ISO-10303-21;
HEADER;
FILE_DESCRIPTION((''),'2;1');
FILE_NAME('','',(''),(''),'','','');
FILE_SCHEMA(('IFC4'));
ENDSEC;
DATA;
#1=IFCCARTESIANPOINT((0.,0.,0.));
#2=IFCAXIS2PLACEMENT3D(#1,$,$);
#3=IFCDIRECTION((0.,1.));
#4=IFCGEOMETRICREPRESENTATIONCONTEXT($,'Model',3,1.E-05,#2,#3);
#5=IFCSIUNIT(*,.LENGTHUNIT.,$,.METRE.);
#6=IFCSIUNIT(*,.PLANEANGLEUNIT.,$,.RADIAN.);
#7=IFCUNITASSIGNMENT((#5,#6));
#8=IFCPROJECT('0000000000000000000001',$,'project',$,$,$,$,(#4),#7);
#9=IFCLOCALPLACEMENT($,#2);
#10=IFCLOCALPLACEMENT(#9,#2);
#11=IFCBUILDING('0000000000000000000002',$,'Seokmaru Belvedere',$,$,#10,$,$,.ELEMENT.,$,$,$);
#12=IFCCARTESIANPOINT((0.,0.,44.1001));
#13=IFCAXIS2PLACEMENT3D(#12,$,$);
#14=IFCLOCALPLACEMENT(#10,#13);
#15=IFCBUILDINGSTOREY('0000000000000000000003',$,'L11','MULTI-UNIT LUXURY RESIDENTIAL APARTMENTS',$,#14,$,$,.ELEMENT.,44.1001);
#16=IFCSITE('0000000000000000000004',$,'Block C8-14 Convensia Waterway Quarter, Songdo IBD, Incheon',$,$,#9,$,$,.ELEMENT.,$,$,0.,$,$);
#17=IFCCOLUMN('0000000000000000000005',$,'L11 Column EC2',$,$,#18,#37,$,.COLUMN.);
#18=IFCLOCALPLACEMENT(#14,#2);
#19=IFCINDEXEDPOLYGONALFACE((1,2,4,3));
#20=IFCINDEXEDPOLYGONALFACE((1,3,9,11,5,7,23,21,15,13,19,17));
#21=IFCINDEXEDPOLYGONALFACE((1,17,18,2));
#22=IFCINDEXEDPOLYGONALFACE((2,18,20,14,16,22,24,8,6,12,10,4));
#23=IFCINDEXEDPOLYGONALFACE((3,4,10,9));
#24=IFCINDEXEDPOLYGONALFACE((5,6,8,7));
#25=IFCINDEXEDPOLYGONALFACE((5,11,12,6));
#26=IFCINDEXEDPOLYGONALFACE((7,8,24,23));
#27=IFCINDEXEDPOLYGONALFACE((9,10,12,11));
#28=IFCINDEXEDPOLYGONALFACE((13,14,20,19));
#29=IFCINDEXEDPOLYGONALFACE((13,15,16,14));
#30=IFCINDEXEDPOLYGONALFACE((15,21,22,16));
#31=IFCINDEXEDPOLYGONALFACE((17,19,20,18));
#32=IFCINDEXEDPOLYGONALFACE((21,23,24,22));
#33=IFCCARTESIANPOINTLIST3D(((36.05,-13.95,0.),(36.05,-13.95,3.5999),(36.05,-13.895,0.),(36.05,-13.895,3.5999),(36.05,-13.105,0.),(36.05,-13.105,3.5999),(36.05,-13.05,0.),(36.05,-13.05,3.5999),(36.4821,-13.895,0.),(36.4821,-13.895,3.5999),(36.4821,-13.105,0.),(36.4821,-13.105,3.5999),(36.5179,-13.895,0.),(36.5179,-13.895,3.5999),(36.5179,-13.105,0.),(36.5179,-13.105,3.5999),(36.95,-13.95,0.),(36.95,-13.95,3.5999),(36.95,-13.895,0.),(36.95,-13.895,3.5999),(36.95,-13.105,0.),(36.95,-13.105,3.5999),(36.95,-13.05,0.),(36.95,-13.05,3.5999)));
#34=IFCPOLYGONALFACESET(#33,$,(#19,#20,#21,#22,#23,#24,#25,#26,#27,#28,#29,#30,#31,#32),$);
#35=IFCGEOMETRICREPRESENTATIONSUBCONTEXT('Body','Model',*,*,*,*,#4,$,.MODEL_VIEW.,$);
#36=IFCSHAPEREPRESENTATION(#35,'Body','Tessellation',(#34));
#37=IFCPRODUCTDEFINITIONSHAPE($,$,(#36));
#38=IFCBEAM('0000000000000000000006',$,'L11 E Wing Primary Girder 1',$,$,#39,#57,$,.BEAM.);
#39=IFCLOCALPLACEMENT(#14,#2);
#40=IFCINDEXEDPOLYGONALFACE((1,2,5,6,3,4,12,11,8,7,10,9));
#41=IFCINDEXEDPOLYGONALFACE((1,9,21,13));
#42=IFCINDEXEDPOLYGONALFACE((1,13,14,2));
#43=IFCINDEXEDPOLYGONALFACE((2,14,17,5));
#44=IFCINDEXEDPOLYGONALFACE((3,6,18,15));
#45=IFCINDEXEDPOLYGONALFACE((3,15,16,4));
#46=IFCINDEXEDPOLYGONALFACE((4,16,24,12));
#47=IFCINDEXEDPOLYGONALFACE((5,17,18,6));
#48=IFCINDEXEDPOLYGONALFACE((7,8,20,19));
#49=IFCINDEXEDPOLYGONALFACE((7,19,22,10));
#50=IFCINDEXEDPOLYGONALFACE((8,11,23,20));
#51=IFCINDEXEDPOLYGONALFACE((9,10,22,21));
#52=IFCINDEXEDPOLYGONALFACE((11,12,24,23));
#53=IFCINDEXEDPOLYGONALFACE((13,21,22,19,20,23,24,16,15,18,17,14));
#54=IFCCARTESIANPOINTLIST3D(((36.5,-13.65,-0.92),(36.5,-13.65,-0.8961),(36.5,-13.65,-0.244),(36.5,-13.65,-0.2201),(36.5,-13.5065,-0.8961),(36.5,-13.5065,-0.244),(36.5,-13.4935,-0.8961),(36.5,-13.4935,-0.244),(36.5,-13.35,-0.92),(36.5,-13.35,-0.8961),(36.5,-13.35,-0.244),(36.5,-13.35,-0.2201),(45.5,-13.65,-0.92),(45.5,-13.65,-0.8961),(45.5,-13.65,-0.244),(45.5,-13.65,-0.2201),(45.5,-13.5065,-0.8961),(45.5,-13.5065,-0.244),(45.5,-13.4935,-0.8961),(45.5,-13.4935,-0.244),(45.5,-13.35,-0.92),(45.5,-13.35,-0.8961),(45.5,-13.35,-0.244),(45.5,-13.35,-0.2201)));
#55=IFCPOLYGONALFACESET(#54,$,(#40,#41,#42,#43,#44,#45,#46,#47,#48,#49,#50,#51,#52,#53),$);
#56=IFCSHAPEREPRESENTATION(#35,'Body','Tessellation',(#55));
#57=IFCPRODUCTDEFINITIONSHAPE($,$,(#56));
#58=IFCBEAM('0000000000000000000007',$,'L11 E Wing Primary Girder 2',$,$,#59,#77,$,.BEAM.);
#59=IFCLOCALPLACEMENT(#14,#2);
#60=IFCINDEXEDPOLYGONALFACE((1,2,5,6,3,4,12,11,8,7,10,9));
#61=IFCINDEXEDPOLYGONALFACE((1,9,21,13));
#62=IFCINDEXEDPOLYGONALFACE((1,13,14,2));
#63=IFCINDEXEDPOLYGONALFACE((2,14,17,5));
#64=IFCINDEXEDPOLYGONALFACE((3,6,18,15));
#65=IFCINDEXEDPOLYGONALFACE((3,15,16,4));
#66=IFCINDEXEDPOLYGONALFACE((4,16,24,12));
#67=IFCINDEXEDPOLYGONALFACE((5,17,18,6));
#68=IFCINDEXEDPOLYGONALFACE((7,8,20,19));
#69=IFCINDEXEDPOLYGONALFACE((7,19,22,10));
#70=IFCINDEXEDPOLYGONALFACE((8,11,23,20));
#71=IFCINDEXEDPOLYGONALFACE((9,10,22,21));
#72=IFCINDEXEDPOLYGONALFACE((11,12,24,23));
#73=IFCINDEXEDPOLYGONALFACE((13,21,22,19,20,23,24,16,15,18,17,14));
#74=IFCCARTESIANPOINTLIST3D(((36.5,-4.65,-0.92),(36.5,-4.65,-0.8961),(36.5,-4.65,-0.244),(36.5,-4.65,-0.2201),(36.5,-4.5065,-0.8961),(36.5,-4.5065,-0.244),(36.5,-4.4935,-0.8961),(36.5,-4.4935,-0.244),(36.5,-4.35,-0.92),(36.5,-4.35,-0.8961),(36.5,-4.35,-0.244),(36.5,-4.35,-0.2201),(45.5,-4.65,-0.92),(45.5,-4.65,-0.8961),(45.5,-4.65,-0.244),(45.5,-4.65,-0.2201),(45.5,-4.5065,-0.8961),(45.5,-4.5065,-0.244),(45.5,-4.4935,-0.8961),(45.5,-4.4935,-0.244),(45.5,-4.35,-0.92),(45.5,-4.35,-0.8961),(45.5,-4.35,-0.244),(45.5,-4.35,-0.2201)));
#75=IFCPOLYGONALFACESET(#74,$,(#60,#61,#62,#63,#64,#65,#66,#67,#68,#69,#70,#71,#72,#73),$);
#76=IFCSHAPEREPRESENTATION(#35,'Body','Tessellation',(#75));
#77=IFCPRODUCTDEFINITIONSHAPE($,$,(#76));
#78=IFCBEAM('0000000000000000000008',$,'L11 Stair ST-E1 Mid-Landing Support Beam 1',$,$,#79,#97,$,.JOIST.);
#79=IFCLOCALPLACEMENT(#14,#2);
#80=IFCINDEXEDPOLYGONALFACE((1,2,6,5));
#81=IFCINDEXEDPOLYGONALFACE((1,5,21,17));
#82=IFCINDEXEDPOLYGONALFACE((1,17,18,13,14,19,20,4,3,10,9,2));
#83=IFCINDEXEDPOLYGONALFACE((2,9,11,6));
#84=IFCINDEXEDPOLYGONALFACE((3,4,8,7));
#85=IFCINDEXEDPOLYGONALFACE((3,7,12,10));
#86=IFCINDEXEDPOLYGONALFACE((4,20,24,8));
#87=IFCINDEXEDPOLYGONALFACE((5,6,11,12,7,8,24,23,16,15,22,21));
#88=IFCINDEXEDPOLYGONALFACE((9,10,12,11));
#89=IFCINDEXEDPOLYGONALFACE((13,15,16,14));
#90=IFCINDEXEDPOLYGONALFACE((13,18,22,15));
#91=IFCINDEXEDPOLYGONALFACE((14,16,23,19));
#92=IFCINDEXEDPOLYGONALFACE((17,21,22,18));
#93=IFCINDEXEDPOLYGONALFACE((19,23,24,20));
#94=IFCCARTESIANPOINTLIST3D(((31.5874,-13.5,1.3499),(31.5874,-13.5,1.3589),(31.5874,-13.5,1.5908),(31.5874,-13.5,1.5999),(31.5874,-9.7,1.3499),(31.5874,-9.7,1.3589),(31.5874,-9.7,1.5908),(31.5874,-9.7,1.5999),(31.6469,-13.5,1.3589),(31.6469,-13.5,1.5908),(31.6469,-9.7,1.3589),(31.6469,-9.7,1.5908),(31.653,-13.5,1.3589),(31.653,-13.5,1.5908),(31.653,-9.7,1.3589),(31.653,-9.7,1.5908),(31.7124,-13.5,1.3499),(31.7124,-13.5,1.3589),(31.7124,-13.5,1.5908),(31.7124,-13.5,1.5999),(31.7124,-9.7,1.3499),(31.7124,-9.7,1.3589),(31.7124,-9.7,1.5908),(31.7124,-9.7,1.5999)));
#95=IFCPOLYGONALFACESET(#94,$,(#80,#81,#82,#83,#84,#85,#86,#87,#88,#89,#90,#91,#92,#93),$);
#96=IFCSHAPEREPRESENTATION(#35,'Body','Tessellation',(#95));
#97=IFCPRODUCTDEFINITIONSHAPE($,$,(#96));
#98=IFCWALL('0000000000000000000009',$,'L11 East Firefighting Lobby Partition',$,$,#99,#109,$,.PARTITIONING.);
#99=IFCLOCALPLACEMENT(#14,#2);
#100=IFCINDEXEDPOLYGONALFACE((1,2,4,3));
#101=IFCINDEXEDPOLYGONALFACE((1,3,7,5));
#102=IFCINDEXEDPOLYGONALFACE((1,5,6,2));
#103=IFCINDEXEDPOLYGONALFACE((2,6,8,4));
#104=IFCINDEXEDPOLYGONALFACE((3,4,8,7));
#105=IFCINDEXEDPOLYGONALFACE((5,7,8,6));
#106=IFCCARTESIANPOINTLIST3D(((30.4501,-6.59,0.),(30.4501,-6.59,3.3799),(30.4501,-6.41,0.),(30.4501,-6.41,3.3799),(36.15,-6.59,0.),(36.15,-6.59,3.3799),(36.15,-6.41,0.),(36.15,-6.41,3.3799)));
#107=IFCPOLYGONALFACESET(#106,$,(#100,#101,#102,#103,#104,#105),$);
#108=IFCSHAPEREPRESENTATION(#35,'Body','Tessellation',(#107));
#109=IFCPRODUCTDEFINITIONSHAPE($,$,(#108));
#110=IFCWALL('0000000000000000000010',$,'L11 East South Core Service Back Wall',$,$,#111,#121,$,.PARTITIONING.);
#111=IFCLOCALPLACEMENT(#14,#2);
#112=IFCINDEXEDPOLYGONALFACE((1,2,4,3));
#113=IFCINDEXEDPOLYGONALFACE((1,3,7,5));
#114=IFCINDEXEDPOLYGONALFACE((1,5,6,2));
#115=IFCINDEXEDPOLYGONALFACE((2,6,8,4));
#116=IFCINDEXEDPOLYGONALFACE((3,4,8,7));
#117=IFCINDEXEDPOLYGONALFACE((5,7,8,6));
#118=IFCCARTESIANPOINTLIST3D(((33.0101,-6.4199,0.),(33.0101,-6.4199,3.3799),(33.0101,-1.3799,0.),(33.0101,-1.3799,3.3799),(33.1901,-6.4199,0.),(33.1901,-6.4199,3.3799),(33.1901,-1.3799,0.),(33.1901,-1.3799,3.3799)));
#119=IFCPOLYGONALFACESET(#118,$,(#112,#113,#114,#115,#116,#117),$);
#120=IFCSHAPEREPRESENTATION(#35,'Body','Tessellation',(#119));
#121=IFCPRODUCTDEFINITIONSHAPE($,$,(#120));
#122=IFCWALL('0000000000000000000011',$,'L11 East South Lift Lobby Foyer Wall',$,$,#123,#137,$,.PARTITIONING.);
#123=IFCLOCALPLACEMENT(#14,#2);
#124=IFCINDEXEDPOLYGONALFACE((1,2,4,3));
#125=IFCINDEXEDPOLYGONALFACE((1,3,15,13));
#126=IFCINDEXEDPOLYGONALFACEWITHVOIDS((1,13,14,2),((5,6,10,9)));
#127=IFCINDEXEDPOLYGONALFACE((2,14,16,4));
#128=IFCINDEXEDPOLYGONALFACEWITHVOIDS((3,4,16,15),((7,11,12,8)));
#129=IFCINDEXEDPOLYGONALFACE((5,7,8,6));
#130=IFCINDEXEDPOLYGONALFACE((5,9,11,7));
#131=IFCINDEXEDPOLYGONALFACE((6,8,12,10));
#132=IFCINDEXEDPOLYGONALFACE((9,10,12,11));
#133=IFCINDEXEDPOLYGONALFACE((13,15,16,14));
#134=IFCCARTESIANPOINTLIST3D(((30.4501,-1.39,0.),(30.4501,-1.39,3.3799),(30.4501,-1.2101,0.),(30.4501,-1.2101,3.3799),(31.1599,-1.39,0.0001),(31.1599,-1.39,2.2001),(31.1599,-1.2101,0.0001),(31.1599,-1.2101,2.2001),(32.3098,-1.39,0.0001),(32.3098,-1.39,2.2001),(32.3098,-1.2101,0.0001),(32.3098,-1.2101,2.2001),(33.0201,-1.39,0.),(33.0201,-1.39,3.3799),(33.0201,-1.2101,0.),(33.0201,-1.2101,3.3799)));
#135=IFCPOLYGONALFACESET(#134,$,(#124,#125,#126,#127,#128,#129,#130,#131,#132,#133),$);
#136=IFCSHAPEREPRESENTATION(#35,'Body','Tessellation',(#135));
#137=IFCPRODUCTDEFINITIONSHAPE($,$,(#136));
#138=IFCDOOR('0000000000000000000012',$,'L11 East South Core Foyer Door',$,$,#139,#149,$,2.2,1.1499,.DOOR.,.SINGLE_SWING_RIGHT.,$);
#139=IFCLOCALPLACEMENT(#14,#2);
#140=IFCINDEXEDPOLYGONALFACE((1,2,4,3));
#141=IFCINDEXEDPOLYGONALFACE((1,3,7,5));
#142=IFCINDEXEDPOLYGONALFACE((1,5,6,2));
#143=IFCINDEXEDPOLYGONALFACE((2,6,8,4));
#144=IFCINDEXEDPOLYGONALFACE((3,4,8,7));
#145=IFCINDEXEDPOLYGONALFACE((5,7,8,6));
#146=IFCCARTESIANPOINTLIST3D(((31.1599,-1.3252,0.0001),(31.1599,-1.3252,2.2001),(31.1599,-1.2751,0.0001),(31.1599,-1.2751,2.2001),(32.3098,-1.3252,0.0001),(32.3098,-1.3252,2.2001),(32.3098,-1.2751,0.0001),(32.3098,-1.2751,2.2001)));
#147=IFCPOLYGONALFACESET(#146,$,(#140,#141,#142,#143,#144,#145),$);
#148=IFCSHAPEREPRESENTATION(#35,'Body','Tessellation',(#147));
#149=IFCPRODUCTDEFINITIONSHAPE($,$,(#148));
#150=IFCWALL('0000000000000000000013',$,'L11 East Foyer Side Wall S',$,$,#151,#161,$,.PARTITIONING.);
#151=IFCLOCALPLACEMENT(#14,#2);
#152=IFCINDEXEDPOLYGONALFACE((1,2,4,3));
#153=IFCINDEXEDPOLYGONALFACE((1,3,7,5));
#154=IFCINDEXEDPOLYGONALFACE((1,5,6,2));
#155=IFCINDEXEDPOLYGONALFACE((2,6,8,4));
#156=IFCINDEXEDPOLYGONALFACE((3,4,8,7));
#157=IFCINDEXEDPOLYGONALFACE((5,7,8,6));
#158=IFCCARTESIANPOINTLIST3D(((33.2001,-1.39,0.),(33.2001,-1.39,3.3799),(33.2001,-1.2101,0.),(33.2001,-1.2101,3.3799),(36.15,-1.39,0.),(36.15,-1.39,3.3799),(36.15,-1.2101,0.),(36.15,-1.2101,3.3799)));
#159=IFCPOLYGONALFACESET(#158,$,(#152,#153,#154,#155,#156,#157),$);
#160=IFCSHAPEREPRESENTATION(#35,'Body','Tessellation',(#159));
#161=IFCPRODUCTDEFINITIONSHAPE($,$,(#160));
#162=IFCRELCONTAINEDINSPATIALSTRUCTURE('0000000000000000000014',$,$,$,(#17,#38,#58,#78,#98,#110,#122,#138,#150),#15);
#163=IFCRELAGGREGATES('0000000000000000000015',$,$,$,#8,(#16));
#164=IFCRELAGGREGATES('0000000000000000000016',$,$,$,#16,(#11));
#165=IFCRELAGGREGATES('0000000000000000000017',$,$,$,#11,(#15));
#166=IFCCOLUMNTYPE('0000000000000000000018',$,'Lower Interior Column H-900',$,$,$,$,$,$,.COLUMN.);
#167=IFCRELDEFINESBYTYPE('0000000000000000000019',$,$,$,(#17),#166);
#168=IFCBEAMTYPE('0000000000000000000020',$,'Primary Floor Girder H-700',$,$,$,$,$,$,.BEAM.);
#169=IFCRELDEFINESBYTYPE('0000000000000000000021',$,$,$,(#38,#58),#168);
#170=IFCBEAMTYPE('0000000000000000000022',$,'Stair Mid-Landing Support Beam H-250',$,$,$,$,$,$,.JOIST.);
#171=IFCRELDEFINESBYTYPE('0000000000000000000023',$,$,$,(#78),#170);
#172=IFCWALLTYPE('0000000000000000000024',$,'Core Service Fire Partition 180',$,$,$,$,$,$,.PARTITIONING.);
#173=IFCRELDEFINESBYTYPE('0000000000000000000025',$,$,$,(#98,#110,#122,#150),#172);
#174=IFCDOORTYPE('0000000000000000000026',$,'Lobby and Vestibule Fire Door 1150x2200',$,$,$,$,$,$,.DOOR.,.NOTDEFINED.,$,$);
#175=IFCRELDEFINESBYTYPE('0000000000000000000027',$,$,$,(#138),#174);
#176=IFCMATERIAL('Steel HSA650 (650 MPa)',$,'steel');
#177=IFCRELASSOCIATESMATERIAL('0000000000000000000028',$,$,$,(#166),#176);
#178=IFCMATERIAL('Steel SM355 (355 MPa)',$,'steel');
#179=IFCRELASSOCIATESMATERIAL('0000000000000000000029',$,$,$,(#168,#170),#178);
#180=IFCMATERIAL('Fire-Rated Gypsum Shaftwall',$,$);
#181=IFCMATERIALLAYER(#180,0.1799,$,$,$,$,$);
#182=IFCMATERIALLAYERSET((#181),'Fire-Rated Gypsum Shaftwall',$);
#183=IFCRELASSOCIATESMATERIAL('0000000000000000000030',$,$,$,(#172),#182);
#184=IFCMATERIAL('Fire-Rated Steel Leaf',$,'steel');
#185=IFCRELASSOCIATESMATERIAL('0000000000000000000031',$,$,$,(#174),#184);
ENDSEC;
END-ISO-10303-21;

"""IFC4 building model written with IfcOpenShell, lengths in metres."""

from ifc_helpers import new_model, si_unit, direction, frame, frame_2d, origin, origin_2d, place, context, subcontext, project, spatial, rectangle, i_section, extrude, source, transform, mapped, material, layer, layer_set, material_profile, profile_set, type_object, type_shapes, element, fill, save


model = new_model("IFC4")

# Units and contexts
model_context = context("Model", 3, precision=1e-05, world=origin(), true_north=direction((0.0, 1.0)))
body_context = subcontext(model_context, "Body", "Model", "MODEL_VIEW")
ifc_project = project(units=[si_unit("LENGTHUNIT", "METRE"), si_unit("PLANEANGLEUNIT", "RADIAN")], contexts=[model_context])

# Site, building, storey
site_placement = place(None, origin())
site = spatial("IfcSite", under=ifc_project, at=site_placement, Name="Block C8-14 Convensia Waterway Quarter, Songdo IBD, Incheon", CompositionType="ELEMENT", RefElevation=0.0)
building_placement = place(site_placement, origin())
building = spatial("IfcBuilding", under=site, at=building_placement, Name="Seokmaru Belvedere", CompositionType="ELEMENT")
storey_placement = place(building_placement, frame((0.0, 0.0, 44.1001)))
storey = spatial("IfcBuildingStorey", under=building, at=storey_placement, Name="L11", Description="MULTI-UNIT LUXURY RESIDENTIAL APARTMENTS", CompositionType="ELEMENT", Elevation=44.1001)

# Column
ifc_material_1 = material(Name="Steel HSA650 (650 MPa)", Category="steel")
ifc_material_profile_1 = material_profile(ifc_material_1, i_section(OverallWidth=0.8999, OverallDepth=0.8999, WebThickness=0.0359, FlangeThickness=0.0549, at=origin_2d()), Name="H-900x900x36x55")
ifc_profile_set_1 = profile_set([ifc_material_profile_1], Name="Steel HSA650 (650 MPa)")
column_type = type_object("IfcColumnType", Name="Lower Interior Column H-900", PredefinedType="COLUMN", material=ifc_profile_set_1)
shared_shape_1 = source(origin(), body_context, "Body", "SweptSolid", [
    extrude(i_section(OverallWidth=0.8999, OverallDepth=0.8999, WebThickness=0.0359, FlangeThickness=0.0549, at=origin_2d()), origin(), (0.0, 0.0, 1.0), 3.5999),
])
type_shapes(column_type, [shared_shape_1])
column_placement = place(storey_placement, frame((36.5, -13.5, 0.0), z_axis=(0.0, 0.0, 1.0), x_axis=(1.0, 0.0, 0.0)))
element("IfcColumn", 1, at=column_placement, inside=storey, type_object=column_type, Name="L11 Column EC2", PredefinedType="COLUMN", context=body_context, shape_type="MappedRepresentation", body=[
    mapped(shared_shape_1, transform((0.0, 0.0, 0.0), scale=1.0)),
])

# Beams
ifc_material_2 = material(Name="Steel SM355 (355 MPa)", Category="steel")
ifc_material_profile_2 = material_profile(ifc_material_2, i_section(OverallWidth=0.3, OverallDepth=0.7, WebThickness=0.0129, FlangeThickness=0.0239, at=origin_2d()), Name="H-700x300x13x24")
ifc_profile_set_2 = profile_set([ifc_material_profile_2], Name="Steel SM355 (355 MPa)")
beam_type_1 = type_object("IfcBeamType", Name="Primary Floor Girder H-700", PredefinedType="BEAM", material=ifc_profile_set_2)
shared_shape_2 = source(origin(), body_context, "Body", "SweptSolid", [
    extrude(i_section(OverallWidth=0.3, OverallDepth=0.7, WebThickness=0.0129, FlangeThickness=0.0239, at=origin_2d()), origin(), (0.0, 0.0, 1.0), 9.0),
])
type_shapes(beam_type_1, [shared_shape_2])
for number, where, z_axis, x_axis, name in (
    (2, (36.5, -13.5, -0.5701), (1.0, 0.0, 0.0), (0.0, 1.0, 0.0), "L11 E Wing Primary Girder 1"),
    (3, (36.5, -4.5, -0.5701), (1.0, 0.0, 0.0), (0.0, 1.0, 0.0), "L11 E Wing Primary Girder 2"),
):
    element("IfcBeam", number, at=place(storey_placement, frame(where, z_axis=z_axis, x_axis=x_axis)), inside=storey, type_object=beam_type_1, Name=name, PredefinedType="BEAM", context=body_context, shape_type="MappedRepresentation", body=[
        mapped(shared_shape_2, transform((0.0, 0.0, 0.0), scale=1.0)),
    ])
ifc_material_profile_3 = material_profile(ifc_material_2, i_section(OverallWidth=0.125, OverallDepth=0.25, WebThickness=0.0061, FlangeThickness=0.009, at=origin_2d()), Name="H-250x125x6x9")
ifc_profile_set_3 = profile_set([ifc_material_profile_3], Name="Steel SM355 (355 MPa)")
beam_type_2 = type_object("IfcBeamType", Name="Stair Mid-Landing Support Beam H-250", PredefinedType="JOIST", material=ifc_profile_set_3)
shared_shape_3 = source(origin(), body_context, "Body", "SweptSolid", [
    extrude(i_section(OverallWidth=0.125, OverallDepth=0.25, WebThickness=0.0061, FlangeThickness=0.009, at=origin_2d()), origin(), (0.0, 0.0, 1.0), 3.8),
])
type_shapes(beam_type_2, [shared_shape_3])
beam_placement = place(storey_placement, frame((31.6499, -13.5, 1.4749), z_axis=(0.0, 1.0, 0.0), x_axis=(-1.0, 0.0, 0.0)))
element("IfcBeam", 4, at=beam_placement, inside=storey, type_object=beam_type_2, Name="L11 Stair ST-E1 Mid-Landing Support Beam 1", PredefinedType="JOIST", context=body_context, shape_type="MappedRepresentation", body=[
    mapped(shared_shape_3, transform((0.0, 0.0, 0.0), scale=1.0)),
])

# Walls
ifc_material_3 = material(Name="Fire-Rated Gypsum Shaftwall")
ifc_layer_1 = layer(ifc_material_3, 0.1799)
ifc_layer_set_1 = layer_set([ifc_layer_1], Name="Fire-Rated Gypsum Shaftwall")
wall_type_1 = type_object("IfcWallType", Name="Core Service Fire Partition 180", PredefinedType="PARTITIONING", material=ifc_layer_set_1)
wall_1_placement = place(storey_placement, frame((30.45, -6.5, 0.0), z_axis=(0.0, 0.0, 1.0), x_axis=(1.0, 0.0, 0.0)))
element("IfcWall", 5, at=wall_1_placement, inside=storey, type_object=wall_type_1, Name="L11 East Firefighting Lobby Partition", PredefinedType="PARTITIONING", context=body_context, shape_type="SweptSolid", body=[
    extrude(rectangle(XDim=5.7, YDim=0.1799, at=frame_2d((2.8501, 0.0))), origin(), (0.0, 0.0, 1.0), 3.3799),
])
wall_2_placement = place(storey_placement, frame((33.1001, -6.4199, 0.0), z_axis=(0.0, 0.0, 1.0), x_axis=(0.0, 1.0, 0.0)))
element("IfcWall", 6, at=wall_2_placement, inside=storey, type_object=wall_type_1, Name="L11 East South Core Service Back Wall", PredefinedType="PARTITIONING", context=body_context, shape_type="SweptSolid", body=[
    extrude(rectangle(XDim=5.04, YDim=0.1799, at=frame_2d((2.52, 0.0))), origin(), (0.0, 0.0, 1.0), 3.3799),
])

# Wall, opening, door
wall_3_placement = place(storey_placement, frame((30.45, -1.3, 0.0), z_axis=(0.0, 0.0, 1.0), x_axis=(1.0, 0.0, 0.0)))
wall_3 = element("IfcWall", 7, at=wall_3_placement, inside=storey, type_object=wall_type_1, Name="L11 East South Lift Lobby Foyer Wall", PredefinedType="PARTITIONING", context=body_context, shape_type="SweptSolid", body=[
    extrude(rectangle(XDim=2.5701, YDim=0.1799, at=frame_2d((1.2852, 0.0))), origin(), (0.0, 0.0, 1.0), 3.3799),
])
opening_1_placement = place(wall_3_placement, frame((0.71, 0.0, 0.0)))
opening_1 = element("IfcOpeningElement", 8, at=opening_1_placement, cuts=wall_3, PredefinedType="OPENING", context=body_context, shape_type="SweptSolid", body=[
    extrude(rectangle(XDim=1.1499, YDim=2.2, at=frame_2d((0.575, 1.1001))), frame((0.0, 0.1001, 0.0), z_axis=(0.0, -1.0, 0.0), x_axis=(1.0, 0.0, 0.0)), (0.0, 0.0, 1.0), 0.2),
])
ifc_material_4 = material(Name="Fire-Rated Steel Leaf", Category="steel")
door_type_1 = type_object("IfcDoorType", Name="Lobby and Vestibule Fire Door 1150x2200", OperationType="NOTDEFINED", PredefinedType="DOOR", material=ifc_material_4)
shared_shape_4 = source(origin(), body_context, "Body", "SweptSolid", [
    extrude(rectangle(XDim=1.1499, YDim=2.2, at=frame_2d((0.575, 1.1001))), frame((0.0, 0.0249, 0.0), z_axis=(0.0, -1.0, 0.0), x_axis=(1.0, 0.0, 0.0)), (0.0, 0.0, 1.0), 0.05),
])
type_shapes(door_type_1, [shared_shape_4])
door_1_placement = place(opening_1_placement, origin())
door_1 = element("IfcDoor", 9, at=door_1_placement, inside=storey, type_object=door_type_1, Name="L11 East South Core Foyer Door", OperationType="SINGLE_SWING_RIGHT", OverallHeight=2.2, OverallWidth=1.1499, PredefinedType="DOOR", context=body_context, shape_type="MappedRepresentation", body=[
    mapped(shared_shape_4, transform((0.0, 0.0, 0.0), scale=1.0)),
])
fill(opening_1, door_1)

# Wall
wall_4_placement = place(storey_placement, frame((33.2, -1.3, 0.0), z_axis=(0.0, 0.0, 1.0), x_axis=(1.0, 0.0, 0.0)))
element("IfcWall", 10, at=wall_4_placement, inside=storey, type_object=wall_type_1, Name="L11 East Foyer Side Wall S", PredefinedType="PARTITIONING", context=body_context, shape_type="SweptSolid", body=[
    extrude(rectangle(XDim=2.95, YDim=0.1799, at=frame_2d((1.4751, 0.0))), origin(), (0.0, 0.0, 1.0), 3.3799),
])

save(model, "model.ifc")
